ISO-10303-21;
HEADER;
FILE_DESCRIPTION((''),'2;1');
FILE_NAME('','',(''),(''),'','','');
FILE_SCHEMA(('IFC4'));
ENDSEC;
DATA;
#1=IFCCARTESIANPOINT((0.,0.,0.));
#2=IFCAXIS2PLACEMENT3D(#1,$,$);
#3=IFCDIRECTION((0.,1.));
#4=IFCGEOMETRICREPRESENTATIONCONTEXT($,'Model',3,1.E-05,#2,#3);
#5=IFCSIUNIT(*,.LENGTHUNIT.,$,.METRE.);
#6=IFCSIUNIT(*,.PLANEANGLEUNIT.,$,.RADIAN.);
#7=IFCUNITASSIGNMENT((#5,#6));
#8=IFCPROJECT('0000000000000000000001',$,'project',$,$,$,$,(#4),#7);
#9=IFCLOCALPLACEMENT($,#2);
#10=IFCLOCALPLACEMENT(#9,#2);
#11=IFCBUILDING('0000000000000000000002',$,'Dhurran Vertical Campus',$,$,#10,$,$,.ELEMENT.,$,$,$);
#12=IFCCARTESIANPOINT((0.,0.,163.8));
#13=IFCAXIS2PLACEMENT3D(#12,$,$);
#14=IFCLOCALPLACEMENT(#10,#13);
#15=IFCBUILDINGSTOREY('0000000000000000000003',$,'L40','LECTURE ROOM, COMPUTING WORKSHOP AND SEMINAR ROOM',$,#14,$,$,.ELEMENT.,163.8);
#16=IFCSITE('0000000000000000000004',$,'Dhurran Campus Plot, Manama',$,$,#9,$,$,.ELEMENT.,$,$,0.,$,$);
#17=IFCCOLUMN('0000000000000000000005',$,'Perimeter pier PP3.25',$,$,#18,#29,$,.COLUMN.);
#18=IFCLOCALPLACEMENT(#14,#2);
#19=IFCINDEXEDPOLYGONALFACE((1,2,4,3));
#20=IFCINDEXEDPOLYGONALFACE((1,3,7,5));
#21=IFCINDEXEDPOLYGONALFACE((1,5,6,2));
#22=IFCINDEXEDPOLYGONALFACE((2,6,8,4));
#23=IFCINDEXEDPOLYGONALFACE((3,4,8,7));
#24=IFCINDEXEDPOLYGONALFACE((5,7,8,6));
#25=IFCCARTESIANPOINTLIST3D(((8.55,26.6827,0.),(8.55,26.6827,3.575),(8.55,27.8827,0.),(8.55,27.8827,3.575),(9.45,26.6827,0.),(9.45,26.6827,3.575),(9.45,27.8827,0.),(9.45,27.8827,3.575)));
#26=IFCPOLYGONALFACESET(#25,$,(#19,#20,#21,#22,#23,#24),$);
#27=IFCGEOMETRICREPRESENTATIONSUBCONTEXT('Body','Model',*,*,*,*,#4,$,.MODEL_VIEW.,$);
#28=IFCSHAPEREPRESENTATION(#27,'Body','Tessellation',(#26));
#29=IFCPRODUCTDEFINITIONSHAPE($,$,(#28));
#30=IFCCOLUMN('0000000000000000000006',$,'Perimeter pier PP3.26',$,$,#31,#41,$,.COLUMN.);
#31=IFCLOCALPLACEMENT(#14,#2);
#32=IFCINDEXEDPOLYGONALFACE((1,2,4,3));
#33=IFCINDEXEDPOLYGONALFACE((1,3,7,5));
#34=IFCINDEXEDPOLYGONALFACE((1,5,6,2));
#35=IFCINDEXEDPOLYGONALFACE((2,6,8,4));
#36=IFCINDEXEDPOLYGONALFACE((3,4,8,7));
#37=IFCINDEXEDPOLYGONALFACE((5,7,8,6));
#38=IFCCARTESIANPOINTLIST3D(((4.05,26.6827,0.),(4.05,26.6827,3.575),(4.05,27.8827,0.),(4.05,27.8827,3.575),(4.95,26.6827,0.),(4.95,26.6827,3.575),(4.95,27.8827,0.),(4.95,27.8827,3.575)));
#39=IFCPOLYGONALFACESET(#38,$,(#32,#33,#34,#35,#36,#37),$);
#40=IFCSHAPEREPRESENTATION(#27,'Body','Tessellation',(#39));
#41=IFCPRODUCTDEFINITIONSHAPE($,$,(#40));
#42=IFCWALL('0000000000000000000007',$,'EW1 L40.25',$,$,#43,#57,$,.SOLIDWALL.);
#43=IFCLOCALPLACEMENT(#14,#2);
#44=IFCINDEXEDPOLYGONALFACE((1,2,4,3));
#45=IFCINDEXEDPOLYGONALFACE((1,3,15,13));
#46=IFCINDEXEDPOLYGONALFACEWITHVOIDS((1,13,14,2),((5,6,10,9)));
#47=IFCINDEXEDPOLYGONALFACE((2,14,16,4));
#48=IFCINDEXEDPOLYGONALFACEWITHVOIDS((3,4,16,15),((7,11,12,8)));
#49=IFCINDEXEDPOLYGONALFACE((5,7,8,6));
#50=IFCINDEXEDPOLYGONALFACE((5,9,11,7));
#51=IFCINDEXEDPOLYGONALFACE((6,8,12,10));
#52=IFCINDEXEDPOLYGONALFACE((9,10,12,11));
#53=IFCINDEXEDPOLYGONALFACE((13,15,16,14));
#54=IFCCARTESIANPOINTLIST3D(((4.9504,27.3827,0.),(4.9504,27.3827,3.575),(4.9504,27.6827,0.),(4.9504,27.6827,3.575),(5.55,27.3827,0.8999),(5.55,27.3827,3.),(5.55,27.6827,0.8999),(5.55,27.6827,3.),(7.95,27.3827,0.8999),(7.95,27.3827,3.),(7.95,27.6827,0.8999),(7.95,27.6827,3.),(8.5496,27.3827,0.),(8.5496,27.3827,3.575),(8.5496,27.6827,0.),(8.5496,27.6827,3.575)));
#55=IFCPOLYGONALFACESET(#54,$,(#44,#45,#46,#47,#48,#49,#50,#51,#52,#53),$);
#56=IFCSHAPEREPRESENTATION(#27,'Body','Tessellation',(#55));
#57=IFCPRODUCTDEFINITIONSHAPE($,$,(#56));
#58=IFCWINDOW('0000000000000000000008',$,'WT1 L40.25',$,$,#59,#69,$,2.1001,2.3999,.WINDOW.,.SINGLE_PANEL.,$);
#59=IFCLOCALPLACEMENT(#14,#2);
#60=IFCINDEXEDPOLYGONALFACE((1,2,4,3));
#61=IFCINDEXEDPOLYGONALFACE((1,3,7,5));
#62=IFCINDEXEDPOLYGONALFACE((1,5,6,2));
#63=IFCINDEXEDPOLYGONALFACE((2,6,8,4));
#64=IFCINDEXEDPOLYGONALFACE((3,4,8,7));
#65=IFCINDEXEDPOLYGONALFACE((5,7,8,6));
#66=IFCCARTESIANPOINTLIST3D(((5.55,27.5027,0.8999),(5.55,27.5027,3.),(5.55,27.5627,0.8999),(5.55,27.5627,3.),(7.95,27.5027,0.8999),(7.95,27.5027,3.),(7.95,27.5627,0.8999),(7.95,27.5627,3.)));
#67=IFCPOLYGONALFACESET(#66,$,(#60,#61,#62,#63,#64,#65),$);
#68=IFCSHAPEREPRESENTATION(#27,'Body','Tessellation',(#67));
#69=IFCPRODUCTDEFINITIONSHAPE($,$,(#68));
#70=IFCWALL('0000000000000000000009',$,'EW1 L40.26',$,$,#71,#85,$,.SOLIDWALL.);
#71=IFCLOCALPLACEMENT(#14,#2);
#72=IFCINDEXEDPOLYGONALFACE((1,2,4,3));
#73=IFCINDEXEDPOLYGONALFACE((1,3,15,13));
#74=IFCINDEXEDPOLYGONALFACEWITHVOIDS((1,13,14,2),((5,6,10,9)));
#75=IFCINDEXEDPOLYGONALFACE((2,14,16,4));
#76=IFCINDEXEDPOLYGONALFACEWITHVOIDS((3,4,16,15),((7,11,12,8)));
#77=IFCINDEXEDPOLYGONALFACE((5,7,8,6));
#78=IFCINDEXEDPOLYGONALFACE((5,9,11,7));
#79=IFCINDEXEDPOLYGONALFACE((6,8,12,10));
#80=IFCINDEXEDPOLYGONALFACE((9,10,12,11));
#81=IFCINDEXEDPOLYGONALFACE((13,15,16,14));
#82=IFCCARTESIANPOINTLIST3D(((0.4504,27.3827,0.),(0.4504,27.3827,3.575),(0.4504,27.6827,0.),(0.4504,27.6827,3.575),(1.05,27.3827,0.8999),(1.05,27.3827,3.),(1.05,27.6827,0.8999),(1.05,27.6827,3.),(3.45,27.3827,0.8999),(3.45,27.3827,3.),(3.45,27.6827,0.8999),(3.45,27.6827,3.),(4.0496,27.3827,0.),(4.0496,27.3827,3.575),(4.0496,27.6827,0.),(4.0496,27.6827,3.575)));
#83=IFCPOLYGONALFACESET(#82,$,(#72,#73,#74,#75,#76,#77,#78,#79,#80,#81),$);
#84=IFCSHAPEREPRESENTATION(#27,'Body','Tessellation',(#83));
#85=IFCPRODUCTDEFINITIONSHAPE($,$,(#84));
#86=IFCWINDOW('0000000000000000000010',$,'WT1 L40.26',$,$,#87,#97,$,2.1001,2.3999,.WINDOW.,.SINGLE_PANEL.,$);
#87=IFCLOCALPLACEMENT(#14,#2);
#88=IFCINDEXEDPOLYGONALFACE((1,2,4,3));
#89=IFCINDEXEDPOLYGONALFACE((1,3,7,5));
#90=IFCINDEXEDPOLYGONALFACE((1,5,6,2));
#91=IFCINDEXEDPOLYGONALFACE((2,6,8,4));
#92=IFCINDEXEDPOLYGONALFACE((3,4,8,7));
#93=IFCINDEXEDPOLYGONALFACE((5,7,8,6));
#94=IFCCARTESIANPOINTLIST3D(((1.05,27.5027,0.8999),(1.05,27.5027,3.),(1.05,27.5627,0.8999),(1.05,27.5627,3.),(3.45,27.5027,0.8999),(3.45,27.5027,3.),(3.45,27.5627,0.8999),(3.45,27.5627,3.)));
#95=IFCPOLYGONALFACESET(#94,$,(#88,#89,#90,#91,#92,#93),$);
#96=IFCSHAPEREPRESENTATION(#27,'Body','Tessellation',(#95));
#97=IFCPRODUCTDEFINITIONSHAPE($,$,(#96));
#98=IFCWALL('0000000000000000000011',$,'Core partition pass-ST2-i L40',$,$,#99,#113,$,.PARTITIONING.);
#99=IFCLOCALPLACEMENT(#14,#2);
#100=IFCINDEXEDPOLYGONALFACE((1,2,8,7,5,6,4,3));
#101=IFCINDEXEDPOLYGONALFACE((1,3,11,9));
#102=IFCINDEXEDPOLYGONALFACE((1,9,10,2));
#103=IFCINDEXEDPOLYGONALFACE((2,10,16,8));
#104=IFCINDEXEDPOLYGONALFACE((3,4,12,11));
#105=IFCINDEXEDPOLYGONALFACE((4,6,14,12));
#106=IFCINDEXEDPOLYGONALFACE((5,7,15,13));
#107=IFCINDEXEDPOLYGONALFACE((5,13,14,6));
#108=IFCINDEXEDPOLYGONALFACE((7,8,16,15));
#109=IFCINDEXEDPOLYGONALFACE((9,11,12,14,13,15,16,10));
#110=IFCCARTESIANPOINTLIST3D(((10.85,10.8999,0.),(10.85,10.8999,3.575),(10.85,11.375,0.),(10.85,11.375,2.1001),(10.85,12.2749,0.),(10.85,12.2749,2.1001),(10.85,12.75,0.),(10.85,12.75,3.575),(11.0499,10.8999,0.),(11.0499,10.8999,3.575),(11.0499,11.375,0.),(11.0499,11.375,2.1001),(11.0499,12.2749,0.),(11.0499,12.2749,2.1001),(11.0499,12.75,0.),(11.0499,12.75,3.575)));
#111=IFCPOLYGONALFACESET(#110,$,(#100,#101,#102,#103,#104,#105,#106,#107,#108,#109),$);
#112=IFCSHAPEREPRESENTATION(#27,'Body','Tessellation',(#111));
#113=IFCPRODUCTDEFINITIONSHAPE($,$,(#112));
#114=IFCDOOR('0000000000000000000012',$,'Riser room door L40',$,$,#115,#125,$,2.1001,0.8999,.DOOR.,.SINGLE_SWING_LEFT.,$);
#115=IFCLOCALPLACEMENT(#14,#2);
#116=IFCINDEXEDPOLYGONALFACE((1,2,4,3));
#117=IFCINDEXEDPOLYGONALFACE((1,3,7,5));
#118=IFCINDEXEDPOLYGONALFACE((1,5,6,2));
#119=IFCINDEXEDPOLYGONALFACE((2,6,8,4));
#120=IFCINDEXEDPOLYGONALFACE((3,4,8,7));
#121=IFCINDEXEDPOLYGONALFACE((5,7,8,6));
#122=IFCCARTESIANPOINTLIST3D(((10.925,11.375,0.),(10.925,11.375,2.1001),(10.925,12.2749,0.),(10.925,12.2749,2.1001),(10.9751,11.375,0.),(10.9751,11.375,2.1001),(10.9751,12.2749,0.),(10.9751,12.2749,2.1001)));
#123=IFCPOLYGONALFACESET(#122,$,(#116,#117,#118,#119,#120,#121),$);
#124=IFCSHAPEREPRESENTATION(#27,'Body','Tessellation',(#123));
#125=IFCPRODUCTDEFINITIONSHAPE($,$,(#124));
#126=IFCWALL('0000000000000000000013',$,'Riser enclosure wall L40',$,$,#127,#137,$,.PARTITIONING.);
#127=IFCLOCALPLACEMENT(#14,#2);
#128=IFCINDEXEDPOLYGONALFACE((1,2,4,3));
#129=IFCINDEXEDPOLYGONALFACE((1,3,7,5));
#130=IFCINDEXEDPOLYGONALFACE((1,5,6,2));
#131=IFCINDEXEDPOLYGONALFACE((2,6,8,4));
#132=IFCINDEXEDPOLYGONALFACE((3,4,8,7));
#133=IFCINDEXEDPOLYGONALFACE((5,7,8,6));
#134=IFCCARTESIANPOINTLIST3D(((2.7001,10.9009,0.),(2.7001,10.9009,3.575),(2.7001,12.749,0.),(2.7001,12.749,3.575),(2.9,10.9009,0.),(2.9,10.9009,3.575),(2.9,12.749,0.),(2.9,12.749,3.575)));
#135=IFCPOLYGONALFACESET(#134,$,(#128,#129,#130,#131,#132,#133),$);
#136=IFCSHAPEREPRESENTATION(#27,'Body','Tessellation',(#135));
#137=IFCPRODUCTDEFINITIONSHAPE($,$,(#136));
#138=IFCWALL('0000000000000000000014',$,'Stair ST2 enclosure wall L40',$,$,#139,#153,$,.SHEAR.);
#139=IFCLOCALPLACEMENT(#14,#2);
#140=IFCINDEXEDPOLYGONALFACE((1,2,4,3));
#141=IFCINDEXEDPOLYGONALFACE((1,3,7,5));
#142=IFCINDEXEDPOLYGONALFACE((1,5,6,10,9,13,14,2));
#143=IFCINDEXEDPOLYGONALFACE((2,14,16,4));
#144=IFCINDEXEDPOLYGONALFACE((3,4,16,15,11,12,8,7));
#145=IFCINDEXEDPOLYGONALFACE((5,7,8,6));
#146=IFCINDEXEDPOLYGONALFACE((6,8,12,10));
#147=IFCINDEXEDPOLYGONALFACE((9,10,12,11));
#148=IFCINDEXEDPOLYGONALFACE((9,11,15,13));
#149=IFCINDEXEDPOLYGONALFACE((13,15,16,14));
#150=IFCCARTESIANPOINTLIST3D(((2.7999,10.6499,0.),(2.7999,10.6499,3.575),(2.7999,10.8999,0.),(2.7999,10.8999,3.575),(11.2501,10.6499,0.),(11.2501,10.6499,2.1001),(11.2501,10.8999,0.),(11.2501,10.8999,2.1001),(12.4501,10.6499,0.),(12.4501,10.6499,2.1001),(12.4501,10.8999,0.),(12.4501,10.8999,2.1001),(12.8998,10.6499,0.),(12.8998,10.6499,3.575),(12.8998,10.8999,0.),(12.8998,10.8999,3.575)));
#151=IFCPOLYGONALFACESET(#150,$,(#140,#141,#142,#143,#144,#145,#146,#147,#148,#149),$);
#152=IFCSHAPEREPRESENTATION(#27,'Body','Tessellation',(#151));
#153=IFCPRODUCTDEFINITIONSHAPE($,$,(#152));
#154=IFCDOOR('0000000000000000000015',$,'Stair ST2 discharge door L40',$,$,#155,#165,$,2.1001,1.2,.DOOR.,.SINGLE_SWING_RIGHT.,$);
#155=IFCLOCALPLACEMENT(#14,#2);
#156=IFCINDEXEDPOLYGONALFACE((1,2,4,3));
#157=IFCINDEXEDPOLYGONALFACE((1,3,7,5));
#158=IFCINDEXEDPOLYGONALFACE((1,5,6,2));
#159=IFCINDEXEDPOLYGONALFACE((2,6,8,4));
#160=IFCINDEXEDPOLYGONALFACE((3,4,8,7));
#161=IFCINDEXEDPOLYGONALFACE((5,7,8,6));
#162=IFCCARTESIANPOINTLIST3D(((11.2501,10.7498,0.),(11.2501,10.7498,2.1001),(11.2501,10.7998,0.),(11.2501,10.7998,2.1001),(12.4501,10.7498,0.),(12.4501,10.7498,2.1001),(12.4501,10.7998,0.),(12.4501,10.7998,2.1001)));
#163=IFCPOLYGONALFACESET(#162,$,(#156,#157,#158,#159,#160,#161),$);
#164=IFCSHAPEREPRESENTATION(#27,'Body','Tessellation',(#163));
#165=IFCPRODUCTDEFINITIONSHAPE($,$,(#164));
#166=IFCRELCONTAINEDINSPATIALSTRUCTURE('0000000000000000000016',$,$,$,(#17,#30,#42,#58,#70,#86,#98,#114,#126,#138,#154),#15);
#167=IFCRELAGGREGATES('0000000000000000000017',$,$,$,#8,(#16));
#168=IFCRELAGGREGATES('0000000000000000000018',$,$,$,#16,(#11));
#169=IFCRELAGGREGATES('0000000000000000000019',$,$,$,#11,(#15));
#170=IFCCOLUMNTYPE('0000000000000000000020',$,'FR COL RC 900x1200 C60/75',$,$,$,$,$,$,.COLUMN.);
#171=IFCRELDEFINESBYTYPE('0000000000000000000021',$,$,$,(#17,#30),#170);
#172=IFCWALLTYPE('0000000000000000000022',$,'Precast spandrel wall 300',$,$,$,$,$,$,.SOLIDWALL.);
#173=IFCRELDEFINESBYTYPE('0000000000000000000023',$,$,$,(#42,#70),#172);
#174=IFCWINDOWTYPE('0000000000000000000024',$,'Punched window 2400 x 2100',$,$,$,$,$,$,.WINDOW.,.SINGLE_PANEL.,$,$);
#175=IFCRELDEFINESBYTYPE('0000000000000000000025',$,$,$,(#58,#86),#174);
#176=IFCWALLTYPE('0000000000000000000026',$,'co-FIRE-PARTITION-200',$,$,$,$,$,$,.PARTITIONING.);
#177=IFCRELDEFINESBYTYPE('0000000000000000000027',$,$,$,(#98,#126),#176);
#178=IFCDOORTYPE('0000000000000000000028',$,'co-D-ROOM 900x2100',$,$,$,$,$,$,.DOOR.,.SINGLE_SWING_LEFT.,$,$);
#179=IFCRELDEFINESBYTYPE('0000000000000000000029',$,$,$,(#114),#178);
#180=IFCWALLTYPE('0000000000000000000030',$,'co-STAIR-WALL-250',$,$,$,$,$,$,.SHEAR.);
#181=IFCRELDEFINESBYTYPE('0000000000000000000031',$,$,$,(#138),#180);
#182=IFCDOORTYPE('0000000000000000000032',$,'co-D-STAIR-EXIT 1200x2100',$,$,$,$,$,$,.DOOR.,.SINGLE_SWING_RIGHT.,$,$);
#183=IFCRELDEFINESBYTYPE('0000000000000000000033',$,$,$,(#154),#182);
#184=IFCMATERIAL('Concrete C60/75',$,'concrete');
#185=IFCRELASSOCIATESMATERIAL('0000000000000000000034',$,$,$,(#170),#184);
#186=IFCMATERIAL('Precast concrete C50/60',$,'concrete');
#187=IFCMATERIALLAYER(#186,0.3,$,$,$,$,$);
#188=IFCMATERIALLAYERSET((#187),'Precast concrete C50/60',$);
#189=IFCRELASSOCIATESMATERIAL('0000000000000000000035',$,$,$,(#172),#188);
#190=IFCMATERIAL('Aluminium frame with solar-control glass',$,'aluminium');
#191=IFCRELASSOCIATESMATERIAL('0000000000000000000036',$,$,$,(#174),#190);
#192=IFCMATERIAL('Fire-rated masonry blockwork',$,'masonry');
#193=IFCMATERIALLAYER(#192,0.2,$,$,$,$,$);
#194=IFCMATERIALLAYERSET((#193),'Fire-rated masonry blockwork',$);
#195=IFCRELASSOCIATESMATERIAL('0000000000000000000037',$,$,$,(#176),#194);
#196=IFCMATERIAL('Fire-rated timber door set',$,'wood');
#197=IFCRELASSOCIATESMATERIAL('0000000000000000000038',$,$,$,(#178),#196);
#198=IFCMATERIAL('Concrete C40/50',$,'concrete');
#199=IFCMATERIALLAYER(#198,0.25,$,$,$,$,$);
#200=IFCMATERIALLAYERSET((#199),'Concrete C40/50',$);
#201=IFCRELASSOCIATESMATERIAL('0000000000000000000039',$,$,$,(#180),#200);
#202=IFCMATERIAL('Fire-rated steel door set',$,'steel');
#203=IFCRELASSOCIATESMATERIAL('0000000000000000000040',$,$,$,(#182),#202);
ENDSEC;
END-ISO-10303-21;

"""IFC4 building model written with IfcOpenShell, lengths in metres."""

from ifc_helpers import new_model, si_unit, direction, frame, frame_2d, origin, origin_2d, place, context, subcontext, project, spatial, rectangle, extrude, material, layer, layer_set, material_profile, profile_set, type_object, element, fill, save


model = new_model("IFC4")

# Units and contexts
model_context = context("Model", 3, precision=1e-05, world=origin(), true_north=direction((0.0, 1.0)))
body_context = subcontext(model_context, "Body", "Model", "MODEL_VIEW")
ifc_project = project(units=[si_unit("LENGTHUNIT", "METRE"), si_unit("PLANEANGLEUNIT", "RADIAN")], contexts=[model_context])

# Site, building, storey
site_placement = place(None, origin())
site = spatial("IfcSite", under=ifc_project, at=site_placement, Name="Dhurran Campus Plot, Manama", CompositionType="ELEMENT", RefElevation=0.0)
building_placement = place(site_placement, origin())
building = spatial("IfcBuilding", under=site, at=building_placement, Name="Dhurran Vertical Campus", CompositionType="ELEMENT")
storey_placement = place(building_placement, frame((0.0, 0.0, 163.8)))
storey = spatial("IfcBuildingStorey", under=building, at=storey_placement, Name="L40", Description="LECTURE ROOM, COMPUTING WORKSHOP AND SEMINAR ROOM", CompositionType="ELEMENT", Elevation=163.8)

# Columns
ifc_material_1 = material(Name="Concrete C60/75", Category="concrete")
ifc_material_profile = material_profile(ifc_material_1, rectangle(XDim=0.8999, YDim=1.2, at=origin_2d()), Name="RC 900x1200")
ifc_profile_set = profile_set([ifc_material_profile], Name="Concrete C60/75")
column_type = type_object("IfcColumnType", Name="FR COL RC 900x1200 C60/75", PredefinedType="COLUMN", material=ifc_profile_set)
for number, where, z_axis, x_axis, name in (
    (1, (9.0, 27.2827, 0.0), (0.0, 0.0, 1.0), (-1.0, 0.0, 0.0), "Perimeter pier PP3.25"),
    (2, (4.5, 27.2827, 0.0), (0.0, 0.0, 1.0), (-1.0, 0.0, 0.0), "Perimeter pier PP3.26"),
):
    element("IfcColumn", number, at=place(storey_placement, frame(where, z_axis=z_axis, x_axis=x_axis)), inside=storey, type_object=column_type, Name=name, PredefinedType="COLUMN", context=body_context, shape_type="SweptSolid", body=[
        extrude(rectangle(XDim=0.8999, YDim=1.2, at=origin_2d()), origin(), (0.0, 0.0, 1.0), 3.575),
    ])

# Walls, openings, windows
ifc_material_2 = material(Name="Precast concrete C50/60", Category="concrete")
ifc_layer_1 = layer(ifc_material_2, 0.3)
ifc_layer_set_1 = layer_set([ifc_layer_1], Name="Precast concrete C50/60")
wall_type_1 = type_object("IfcWallType", Name="Precast spandrel wall 300", PredefinedType="SOLIDWALL", material=ifc_layer_set_1)
wall_1_placement = place(storey_placement, frame((8.5496, 27.5327, 0.0), z_axis=(0.0, 0.0, 1.0), x_axis=(-1.0, 0.0, 0.0)))
wall_1 = element("IfcWall", 3, at=wall_1_placement, inside=storey, type_object=wall_type_1, Name="EW1 L40.25", PredefinedType="SOLIDWALL", context=body_context, shape_type="SweptSolid", body=[
    extrude(rectangle(XDim=3.5991, YDim=0.3, at=frame_2d((1.7996, 0.0))), origin(), (0.0, 0.0, 1.0), 3.575),
])
opening_1_placement = place(wall_1_placement, frame((0.5996, 0.0, 0.8999)))
opening_1 = element("IfcOpeningElement", 4, at=opening_1_placement, cuts=wall_1, PredefinedType="OPENING", context=body_context, shape_type="SweptSolid", body=[
    extrude(rectangle(XDim=2.3999, YDim=2.1001, at=frame_2d((1.2, 1.05))), frame((0.0, 0.1599, 0.0), z_axis=(0.0, -1.0, 0.0), x_axis=(1.0, 0.0, 0.0)), (0.0, 0.0, 1.0), 0.3201),
])
ifc_material_3 = material(Name="Aluminium frame with solar-control glass", Category="aluminium")
window_type = type_object("IfcWindowType", Name="Punched window 2400 x 2100", PartitioningType="SINGLE_PANEL", PredefinedType="WINDOW", material=ifc_material_3)
window_1_placement = place(opening_1_placement, origin())
window_1 = element("IfcWindow", 5, at=window_1_placement, inside=storey, type_object=window_type, Name="WT1 L40.25", OverallHeight=2.1001, OverallWidth=2.3999, PartitioningType="SINGLE_PANEL", PredefinedType="WINDOW", context=body_context, shape_type="SweptSolid", body=[
    extrude(rectangle(XDim=2.3999, YDim=2.1001, at=frame_2d((1.2, 1.05))), frame((0.0, 0.03, 0.0), z_axis=(0.0, -1.0, 0.0), x_axis=(1.0, 0.0, 0.0)), (0.0, 0.0, 1.0), 0.0601),
])
fill(opening_1, window_1)
wall_2_placement = place(storey_placement, frame((4.0496, 27.5327, 0.0), z_axis=(0.0, 0.0, 1.0), x_axis=(-1.0, 0.0, 0.0)))
wall_2 = element("IfcWall", 6, at=wall_2_placement, inside=storey, type_object=wall_type_1, Name="EW1 L40.26", PredefinedType="SOLIDWALL", context=body_context, shape_type="SweptSolid", body=[
    extrude(rectangle(XDim=3.5991, YDim=0.3, at=frame_2d((1.7996, 0.0))), origin(), (0.0, 0.0, 1.0), 3.575),
])
opening_2_placement = place(wall_2_placement, frame((0.5996, 0.0, 0.8999)))
opening_2 = element("IfcOpeningElement", 7, at=opening_2_placement, cuts=wall_2, PredefinedType="OPENING", context=body_context, shape_type="SweptSolid", body=[
    extrude(rectangle(XDim=2.3999, YDim=2.1001, at=frame_2d((1.2, 1.05))), frame((0.0, 0.1599, 0.0), z_axis=(0.0, -1.0, 0.0), x_axis=(1.0, 0.0, 0.0)), (0.0, 0.0, 1.0), 0.3201),
])
window_2_placement = place(opening_2_placement, origin())
window_2 = element("IfcWindow", 8, at=window_2_placement, inside=storey, type_object=window_type, Name="WT1 L40.26", OverallHeight=2.1001, OverallWidth=2.3999, PartitioningType="SINGLE_PANEL", PredefinedType="WINDOW", context=body_context, shape_type="SweptSolid", body=[
    extrude(rectangle(XDim=2.3999, YDim=2.1001, at=frame_2d((1.2, 1.05))), frame((0.0, 0.03, 0.0), z_axis=(0.0, -1.0, 0.0), x_axis=(1.0, 0.0, 0.0)), (0.0, 0.0, 1.0), 0.0601),
])
fill(opening_2, window_2)

# Wall, opening, door
ifc_material_4 = material(Name="Fire-rated masonry blockwork", Category="masonry")
ifc_layer_2 = layer(ifc_material_4, 0.2)
ifc_layer_set_2 = layer_set([ifc_layer_2], Name="Fire-rated masonry blockwork")
wall_type_2 = type_object("IfcWallType", Name="co-FIRE-PARTITION-200", PredefinedType="PARTITIONING", material=ifc_layer_set_2)
wall_3_placement = place(storey_placement, frame((10.95, 10.8999, 0.0), z_axis=(0.0, 0.0, 1.0), x_axis=(0.0, 1.0, 0.0)))
wall_3 = element("IfcWall", 9, at=wall_3_placement, inside=storey, type_object=wall_type_2, Name="Core partition pass-ST2-i L40", PredefinedType="PARTITIONING", context=body_context, shape_type="SweptSolid", body=[
    extrude(rectangle(XDim=1.8501, YDim=0.2, at=frame_2d((0.925, 0.0))), origin(), (0.0, 0.0, 1.0), 3.575),
])
opening_3_placement = place(wall_3_placement, frame((0.4751, 0.0, 0.0)))
opening_3 = element("IfcOpeningElement", 10, at=opening_3_placement, cuts=wall_3, PredefinedType="OPENING", context=body_context, shape_type="SweptSolid", body=[
    extrude(rectangle(XDim=0.8999, YDim=2.1001, at=frame_2d((0.45, 1.05))), frame((0.0, 0.1099, 0.0), z_axis=(0.0, -1.0, 0.0), x_axis=(1.0, 0.0, 0.0)), (0.0, 0.0, 1.0), 0.22),
])
ifc_material_5 = material(Name="Fire-rated timber door set", Category="wood")
door_type_1 = type_object("IfcDoorType", Name="co-D-ROOM 900x2100", OperationType="SINGLE_SWING_LEFT", PredefinedType="DOOR", material=ifc_material_5)
door_1_placement = place(opening_3_placement, origin())
door_1 = element("IfcDoor", 11, at=door_1_placement, inside=storey, type_object=door_type_1, Name="Riser room door L40", OperationType="SINGLE_SWING_LEFT", OverallHeight=2.1001, OverallWidth=0.8999, PredefinedType="DOOR", context=body_context, shape_type="SweptSolid", body=[
    extrude(rectangle(XDim=0.8999, YDim=2.1001, at=frame_2d((0.45, 1.05))), frame((0.0, 0.0249, 0.0), z_axis=(0.0, -1.0, 0.0), x_axis=(1.0, 0.0, 0.0)), (0.0, 0.0, 1.0), 0.05),
])
fill(opening_3, door_1)

# Wall
wall_4_placement = place(storey_placement, frame((2.8, 10.9009, 0.0), z_axis=(0.0, 0.0, 1.0), x_axis=(0.0, 1.0, 0.0)))
element("IfcWall", 12, at=wall_4_placement, inside=storey, type_object=wall_type_2, Name="Riser enclosure wall L40", PredefinedType="PARTITIONING", context=body_context, shape_type="SweptSolid", body=[
    extrude(rectangle(XDim=1.8481, YDim=0.2, at=frame_2d((0.9241, 0.0))), origin(), (0.0, 0.0, 1.0), 3.575),
])

# Wall, opening, door
ifc_material_6 = material(Name="Concrete C40/50", Category="concrete")
ifc_layer_3 = layer(ifc_material_6, 0.25)
ifc_layer_set_3 = layer_set([ifc_layer_3], Name="Concrete C40/50")
wall_type_3 = type_object("IfcWallType", Name="co-STAIR-WALL-250", PredefinedType="SHEAR", material=ifc_layer_set_3)
wall_5_placement = place(storey_placement, frame((2.8, 10.7749, 0.0), z_axis=(0.0, 0.0, 1.0), x_axis=(1.0, 0.0, 0.0)))
wall_5 = element("IfcWall", 13, at=wall_5_placement, inside=storey, type_object=wall_type_3, Name="Stair ST2 enclosure wall L40", PredefinedType="SHEAR", context=body_context, shape_type="SweptSolid", body=[
    extrude(rectangle(XDim=10.0999, YDim=0.25, at=frame_2d((5.0498, 0.0))), origin(), (0.0, 0.0, 1.0), 3.575),
])
opening_4_placement = place(wall_5_placement, frame((8.45, 0.0, 0.0)))
opening_4 = element("IfcOpeningElement", 14, at=opening_4_placement, cuts=wall_5, PredefinedType="OPENING", context=body_context, shape_type="SweptSolid", body=[
    extrude(rectangle(XDim=1.2, YDim=2.1001, at=frame_2d((0.6001, 1.05))), frame((0.0, 0.135, 0.0), z_axis=(0.0, -1.0, 0.0), x_axis=(1.0, 0.0, 0.0)), (0.0, 0.0, 1.0), 0.27),
])
ifc_material_7 = material(Name="Fire-rated steel door set", Category="steel")
door_type_2 = type_object("IfcDoorType", Name="co-D-STAIR-EXIT 1200x2100", OperationType="SINGLE_SWING_RIGHT", PredefinedType="DOOR", material=ifc_material_7)
door_2_placement = place(opening_4_placement, origin())
door_2 = element("IfcDoor", 15, at=door_2_placement, inside=storey, type_object=door_type_2, Name="Stair ST2 discharge door L40", OperationType="SINGLE_SWING_RIGHT", OverallHeight=2.1001, OverallWidth=1.2, PredefinedType="DOOR", context=body_context, shape_type="SweptSolid", body=[
    extrude(rectangle(XDim=1.2, YDim=2.1001, at=frame_2d((0.6001, 1.05))), frame((0.0, 0.0249, 0.0), z_axis=(0.0, -1.0, 0.0), x_axis=(1.0, 0.0, 0.0)), (0.0, 0.0, 1.0), 0.05),
])
fill(opening_4, door_2)

save(model, "model.ifc")
